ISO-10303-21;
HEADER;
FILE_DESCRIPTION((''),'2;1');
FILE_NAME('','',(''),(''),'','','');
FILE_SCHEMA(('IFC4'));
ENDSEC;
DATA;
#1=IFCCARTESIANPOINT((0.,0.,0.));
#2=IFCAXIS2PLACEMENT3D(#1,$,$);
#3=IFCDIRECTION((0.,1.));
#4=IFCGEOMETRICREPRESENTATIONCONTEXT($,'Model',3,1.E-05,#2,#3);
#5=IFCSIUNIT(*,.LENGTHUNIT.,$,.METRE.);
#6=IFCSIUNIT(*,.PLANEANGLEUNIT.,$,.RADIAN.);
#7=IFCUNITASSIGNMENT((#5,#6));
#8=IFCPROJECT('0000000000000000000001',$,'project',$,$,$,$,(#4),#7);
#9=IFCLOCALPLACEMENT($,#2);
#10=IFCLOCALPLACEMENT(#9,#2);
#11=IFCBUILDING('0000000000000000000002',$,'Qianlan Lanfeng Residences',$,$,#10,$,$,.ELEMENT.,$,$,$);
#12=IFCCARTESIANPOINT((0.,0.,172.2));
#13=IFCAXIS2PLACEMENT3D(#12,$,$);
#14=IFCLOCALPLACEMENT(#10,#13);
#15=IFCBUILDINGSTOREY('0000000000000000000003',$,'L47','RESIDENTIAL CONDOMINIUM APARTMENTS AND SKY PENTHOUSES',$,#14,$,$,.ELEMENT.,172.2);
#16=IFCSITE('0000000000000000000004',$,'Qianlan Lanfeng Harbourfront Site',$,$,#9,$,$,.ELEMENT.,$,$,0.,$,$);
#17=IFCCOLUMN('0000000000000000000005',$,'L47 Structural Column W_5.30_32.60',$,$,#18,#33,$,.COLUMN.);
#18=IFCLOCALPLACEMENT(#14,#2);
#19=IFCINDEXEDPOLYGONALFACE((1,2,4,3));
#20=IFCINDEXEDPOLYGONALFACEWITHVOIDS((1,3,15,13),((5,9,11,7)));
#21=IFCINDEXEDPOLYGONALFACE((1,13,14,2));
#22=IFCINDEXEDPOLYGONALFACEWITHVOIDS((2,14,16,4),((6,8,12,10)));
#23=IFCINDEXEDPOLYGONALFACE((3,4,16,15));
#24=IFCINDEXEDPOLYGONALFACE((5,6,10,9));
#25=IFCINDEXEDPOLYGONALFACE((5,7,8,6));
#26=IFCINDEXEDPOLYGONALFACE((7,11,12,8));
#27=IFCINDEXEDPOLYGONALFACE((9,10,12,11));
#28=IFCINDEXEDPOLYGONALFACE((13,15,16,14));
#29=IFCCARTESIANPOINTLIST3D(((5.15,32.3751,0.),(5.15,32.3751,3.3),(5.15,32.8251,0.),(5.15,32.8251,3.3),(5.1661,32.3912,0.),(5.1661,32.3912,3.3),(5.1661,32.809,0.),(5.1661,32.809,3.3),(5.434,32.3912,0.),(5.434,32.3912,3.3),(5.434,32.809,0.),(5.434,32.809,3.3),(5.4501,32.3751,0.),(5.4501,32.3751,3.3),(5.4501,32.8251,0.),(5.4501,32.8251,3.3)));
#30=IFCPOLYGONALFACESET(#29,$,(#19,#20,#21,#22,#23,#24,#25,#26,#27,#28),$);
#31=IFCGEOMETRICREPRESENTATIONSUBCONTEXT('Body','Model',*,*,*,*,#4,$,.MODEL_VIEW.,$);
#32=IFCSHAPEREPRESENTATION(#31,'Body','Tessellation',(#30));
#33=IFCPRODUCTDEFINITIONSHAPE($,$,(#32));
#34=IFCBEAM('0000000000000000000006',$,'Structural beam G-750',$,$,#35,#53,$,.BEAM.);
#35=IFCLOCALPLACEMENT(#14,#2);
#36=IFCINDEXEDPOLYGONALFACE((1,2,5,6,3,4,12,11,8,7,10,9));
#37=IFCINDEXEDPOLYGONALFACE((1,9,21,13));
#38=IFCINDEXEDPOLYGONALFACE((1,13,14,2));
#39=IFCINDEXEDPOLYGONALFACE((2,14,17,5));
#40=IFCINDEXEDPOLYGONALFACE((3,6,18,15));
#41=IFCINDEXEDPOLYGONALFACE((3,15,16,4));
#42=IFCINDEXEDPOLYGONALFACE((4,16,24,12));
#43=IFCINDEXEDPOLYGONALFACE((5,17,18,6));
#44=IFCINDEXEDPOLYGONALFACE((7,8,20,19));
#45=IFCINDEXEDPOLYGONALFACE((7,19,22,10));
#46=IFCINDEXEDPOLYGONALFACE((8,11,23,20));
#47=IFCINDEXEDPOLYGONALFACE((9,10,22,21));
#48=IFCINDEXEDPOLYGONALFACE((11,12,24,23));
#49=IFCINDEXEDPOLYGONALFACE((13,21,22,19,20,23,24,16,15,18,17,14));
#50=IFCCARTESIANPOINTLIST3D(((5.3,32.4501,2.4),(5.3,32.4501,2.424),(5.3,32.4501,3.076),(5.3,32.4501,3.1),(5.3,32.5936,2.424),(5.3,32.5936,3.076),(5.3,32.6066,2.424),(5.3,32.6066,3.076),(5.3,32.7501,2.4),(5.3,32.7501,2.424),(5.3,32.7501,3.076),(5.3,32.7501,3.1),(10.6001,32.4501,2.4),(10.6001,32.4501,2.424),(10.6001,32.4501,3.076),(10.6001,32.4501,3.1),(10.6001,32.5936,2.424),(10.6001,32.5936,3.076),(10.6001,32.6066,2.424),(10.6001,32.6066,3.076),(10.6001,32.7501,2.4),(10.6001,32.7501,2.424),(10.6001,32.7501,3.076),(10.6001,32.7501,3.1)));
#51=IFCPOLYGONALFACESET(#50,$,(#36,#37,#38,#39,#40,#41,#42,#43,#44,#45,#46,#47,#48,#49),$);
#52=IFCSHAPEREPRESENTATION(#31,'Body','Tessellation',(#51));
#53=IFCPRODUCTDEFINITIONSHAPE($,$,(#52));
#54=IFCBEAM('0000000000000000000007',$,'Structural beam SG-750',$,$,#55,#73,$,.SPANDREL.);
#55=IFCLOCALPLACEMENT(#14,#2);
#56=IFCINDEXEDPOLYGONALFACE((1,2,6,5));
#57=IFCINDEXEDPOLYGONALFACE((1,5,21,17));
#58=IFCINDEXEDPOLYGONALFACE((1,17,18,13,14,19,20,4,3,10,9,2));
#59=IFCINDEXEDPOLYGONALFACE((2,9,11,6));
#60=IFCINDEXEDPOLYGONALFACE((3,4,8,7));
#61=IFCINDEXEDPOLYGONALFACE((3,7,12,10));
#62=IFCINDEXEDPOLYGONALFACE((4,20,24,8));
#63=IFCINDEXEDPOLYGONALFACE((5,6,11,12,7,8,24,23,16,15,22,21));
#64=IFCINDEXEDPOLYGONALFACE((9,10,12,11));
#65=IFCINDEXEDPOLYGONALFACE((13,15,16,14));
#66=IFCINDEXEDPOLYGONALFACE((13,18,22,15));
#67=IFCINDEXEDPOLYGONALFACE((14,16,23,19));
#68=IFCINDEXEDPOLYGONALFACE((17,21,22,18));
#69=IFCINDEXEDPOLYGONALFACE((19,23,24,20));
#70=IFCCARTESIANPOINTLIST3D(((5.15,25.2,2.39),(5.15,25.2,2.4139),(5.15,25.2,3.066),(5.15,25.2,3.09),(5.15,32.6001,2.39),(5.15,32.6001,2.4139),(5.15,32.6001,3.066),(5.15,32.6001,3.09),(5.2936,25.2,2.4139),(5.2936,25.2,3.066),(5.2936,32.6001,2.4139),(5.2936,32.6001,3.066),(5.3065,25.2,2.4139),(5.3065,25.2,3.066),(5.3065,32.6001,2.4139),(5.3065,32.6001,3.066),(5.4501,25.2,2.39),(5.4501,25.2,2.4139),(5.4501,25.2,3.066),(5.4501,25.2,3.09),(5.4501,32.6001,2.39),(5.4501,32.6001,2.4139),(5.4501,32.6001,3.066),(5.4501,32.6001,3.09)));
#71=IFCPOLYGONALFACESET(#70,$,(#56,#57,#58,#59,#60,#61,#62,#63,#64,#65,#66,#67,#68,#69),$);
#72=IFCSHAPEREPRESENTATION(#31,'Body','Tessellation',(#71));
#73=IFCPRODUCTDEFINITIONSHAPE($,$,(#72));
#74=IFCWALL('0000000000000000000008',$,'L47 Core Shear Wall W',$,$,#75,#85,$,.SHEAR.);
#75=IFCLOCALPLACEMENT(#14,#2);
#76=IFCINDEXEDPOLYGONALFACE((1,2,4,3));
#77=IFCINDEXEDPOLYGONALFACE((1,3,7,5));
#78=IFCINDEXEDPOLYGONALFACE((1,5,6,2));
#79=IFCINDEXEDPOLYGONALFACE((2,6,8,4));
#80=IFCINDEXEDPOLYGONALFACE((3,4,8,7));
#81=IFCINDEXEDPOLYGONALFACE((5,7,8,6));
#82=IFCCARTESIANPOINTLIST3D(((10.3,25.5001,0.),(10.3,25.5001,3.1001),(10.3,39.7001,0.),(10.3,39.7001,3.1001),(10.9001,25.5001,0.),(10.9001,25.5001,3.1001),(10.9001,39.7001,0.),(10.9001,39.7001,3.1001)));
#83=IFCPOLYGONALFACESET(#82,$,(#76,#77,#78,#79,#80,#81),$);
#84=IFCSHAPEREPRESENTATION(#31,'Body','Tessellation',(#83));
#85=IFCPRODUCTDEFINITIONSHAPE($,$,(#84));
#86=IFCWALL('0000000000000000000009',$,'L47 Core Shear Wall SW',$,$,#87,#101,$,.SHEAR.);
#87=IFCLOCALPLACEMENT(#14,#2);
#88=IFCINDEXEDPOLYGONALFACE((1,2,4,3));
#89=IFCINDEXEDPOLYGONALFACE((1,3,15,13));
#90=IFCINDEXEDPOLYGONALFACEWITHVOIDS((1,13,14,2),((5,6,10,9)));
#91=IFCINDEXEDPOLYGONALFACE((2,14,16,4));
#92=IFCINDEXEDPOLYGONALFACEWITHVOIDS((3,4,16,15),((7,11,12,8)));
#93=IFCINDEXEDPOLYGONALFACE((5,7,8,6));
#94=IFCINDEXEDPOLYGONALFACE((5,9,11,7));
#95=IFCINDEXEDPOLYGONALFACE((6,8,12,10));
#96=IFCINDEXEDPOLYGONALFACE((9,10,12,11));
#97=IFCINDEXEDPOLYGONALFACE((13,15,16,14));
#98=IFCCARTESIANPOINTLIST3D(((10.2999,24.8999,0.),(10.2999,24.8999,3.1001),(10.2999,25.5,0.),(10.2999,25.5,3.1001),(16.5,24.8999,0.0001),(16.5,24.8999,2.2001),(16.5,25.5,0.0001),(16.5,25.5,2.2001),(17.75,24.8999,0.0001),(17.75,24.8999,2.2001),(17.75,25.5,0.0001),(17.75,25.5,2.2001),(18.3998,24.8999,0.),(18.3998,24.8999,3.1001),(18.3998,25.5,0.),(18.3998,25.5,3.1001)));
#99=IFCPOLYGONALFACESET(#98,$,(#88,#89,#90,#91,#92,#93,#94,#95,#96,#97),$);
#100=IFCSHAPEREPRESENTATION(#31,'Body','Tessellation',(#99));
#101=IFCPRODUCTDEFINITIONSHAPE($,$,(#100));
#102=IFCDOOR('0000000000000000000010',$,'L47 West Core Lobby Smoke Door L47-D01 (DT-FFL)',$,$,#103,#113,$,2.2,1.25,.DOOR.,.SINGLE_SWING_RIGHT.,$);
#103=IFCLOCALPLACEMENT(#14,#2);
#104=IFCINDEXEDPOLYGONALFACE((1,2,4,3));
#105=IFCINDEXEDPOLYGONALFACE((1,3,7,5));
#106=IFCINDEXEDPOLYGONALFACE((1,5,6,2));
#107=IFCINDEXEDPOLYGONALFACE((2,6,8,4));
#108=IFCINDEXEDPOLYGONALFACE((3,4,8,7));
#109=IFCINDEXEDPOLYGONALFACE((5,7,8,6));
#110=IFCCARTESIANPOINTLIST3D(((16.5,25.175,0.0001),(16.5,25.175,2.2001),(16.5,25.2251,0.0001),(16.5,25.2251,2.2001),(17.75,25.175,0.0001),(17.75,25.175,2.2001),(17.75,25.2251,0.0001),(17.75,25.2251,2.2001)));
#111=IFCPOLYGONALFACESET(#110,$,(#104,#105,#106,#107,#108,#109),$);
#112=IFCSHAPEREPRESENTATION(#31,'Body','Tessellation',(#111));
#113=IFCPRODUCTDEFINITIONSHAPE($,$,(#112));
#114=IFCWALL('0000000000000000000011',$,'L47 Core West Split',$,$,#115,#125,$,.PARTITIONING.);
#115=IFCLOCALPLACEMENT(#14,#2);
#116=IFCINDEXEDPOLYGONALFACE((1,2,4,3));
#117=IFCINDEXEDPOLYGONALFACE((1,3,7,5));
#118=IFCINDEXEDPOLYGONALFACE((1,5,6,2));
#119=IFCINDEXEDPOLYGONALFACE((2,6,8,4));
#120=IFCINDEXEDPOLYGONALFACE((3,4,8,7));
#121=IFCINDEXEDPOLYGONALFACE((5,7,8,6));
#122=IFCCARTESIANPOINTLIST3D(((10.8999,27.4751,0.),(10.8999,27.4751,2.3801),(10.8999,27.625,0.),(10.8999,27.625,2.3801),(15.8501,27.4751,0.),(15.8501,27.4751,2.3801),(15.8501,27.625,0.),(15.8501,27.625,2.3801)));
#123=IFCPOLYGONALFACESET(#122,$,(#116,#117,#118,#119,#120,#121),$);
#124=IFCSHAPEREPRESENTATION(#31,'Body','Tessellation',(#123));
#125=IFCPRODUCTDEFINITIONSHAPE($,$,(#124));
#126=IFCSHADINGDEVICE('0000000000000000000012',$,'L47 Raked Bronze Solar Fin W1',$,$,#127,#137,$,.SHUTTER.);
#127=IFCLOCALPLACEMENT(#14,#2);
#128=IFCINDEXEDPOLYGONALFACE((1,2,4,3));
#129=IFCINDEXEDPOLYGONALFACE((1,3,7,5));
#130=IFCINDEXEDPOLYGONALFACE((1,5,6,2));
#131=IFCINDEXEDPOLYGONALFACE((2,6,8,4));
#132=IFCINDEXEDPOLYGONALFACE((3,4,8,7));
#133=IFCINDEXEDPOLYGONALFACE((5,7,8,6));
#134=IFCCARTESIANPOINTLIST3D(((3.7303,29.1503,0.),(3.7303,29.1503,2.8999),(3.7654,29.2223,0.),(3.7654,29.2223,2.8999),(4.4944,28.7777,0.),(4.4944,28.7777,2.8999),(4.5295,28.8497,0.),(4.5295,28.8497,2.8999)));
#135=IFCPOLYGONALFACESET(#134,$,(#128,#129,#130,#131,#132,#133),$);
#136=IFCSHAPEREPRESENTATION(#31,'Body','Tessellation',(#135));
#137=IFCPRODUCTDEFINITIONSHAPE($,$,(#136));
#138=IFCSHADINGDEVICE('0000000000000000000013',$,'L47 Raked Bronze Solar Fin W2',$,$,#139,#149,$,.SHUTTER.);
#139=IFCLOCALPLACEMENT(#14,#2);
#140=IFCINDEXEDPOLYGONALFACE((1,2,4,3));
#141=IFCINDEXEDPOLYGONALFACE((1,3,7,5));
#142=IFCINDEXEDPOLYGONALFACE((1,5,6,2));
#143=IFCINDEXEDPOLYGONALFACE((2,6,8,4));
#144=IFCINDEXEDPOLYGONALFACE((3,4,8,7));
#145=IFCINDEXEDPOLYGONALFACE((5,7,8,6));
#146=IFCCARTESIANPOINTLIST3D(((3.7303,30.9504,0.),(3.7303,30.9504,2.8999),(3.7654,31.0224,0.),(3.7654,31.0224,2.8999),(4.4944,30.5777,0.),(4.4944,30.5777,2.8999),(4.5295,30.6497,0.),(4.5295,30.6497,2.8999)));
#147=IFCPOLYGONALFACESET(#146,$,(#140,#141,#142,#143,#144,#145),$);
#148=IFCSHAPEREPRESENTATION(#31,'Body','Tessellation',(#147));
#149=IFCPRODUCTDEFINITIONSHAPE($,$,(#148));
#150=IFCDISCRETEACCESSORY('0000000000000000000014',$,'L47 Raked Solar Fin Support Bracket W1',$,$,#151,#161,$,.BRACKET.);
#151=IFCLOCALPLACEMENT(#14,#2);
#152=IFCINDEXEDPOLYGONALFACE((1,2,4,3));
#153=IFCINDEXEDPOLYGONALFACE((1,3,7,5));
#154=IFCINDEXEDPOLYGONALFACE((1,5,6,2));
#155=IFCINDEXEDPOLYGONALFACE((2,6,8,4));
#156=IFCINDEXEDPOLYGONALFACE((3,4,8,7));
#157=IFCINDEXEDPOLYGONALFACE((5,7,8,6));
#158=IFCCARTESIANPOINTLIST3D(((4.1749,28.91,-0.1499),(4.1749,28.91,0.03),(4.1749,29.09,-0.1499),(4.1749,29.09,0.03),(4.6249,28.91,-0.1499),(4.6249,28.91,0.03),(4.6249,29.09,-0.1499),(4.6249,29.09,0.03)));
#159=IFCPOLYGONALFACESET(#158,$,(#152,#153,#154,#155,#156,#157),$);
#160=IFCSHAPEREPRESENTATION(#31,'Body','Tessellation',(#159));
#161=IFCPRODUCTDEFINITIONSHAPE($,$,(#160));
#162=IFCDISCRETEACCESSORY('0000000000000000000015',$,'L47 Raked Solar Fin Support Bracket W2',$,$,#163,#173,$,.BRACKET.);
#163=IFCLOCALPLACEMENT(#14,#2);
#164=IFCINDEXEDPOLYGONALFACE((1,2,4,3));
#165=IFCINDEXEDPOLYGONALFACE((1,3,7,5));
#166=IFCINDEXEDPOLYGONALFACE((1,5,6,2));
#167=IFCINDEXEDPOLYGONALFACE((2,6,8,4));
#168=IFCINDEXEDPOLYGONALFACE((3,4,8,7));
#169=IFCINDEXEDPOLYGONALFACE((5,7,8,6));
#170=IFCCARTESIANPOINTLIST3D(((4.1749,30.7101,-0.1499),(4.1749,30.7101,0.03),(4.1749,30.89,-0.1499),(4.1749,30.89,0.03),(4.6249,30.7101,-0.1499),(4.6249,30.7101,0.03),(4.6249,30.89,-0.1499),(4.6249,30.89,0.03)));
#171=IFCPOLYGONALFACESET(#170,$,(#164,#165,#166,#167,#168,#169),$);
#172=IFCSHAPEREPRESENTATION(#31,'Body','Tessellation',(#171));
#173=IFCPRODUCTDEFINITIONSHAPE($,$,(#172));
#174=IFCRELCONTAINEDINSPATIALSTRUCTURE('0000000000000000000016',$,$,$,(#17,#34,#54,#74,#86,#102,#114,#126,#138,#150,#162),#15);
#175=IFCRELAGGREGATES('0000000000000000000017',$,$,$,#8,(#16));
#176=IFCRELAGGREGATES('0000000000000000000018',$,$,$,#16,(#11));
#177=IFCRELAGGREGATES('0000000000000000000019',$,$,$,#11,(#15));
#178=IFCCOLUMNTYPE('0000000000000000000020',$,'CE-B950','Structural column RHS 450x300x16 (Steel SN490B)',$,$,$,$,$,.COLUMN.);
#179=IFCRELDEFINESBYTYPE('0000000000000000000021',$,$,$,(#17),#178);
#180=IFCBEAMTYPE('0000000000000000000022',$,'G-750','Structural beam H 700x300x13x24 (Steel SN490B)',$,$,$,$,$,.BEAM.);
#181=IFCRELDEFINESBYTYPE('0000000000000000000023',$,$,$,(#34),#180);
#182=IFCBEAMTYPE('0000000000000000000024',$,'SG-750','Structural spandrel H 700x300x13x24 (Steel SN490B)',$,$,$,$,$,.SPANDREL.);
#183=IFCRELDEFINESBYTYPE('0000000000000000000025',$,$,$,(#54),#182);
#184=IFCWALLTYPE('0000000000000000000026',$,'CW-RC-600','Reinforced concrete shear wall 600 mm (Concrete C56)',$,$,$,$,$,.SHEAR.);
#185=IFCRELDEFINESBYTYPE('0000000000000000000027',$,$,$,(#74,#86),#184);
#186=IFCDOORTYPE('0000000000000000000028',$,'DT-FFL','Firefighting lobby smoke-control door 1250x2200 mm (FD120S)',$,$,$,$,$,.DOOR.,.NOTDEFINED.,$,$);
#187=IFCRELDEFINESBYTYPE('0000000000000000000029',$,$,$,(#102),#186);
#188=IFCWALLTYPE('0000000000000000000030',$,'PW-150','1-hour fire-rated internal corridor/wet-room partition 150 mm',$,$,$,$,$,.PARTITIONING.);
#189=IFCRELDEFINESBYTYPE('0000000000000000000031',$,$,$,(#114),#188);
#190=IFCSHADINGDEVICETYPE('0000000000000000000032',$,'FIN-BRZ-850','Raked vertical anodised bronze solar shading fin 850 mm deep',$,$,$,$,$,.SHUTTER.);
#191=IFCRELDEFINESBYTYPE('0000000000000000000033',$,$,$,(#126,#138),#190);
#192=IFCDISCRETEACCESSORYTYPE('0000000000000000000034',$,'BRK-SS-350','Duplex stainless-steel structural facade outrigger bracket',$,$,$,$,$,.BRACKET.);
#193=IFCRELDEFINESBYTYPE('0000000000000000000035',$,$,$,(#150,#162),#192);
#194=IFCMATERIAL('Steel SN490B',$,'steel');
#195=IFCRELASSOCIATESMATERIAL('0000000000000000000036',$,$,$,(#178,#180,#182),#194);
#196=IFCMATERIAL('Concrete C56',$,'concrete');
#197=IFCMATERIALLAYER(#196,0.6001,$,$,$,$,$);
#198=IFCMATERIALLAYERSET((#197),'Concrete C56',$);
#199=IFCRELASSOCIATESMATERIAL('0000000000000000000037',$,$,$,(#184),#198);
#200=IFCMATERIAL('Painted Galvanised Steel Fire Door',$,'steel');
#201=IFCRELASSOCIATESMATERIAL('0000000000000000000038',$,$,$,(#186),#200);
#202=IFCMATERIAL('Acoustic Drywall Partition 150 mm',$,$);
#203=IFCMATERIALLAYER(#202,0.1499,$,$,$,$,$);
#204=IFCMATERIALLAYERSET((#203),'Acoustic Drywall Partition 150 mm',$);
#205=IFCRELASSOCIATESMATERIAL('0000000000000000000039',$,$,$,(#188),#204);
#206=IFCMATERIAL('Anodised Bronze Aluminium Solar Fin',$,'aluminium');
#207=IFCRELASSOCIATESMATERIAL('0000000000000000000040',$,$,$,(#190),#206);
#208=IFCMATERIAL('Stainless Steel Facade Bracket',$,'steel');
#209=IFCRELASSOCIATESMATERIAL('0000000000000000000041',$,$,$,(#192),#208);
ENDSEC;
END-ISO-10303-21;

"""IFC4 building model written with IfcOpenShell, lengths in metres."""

from ifc_helpers import new_model, si_unit, direction, frame, frame_2d, origin, origin_2d, place, context, subcontext, project, spatial, rectangle, hollow_rectangle, i_section, extrude, source, transform, mapped, material, layer, layer_set, material_profile, profile_set, type_object, element, fill, save


model = new_model("IFC4")

# Units and contexts
model_context = context("Model", 3, precision=1e-05, world=origin(), true_north=direction((0.0, 1.0)))
body_context = subcontext(model_context, "Body", "Model", "MODEL_VIEW")
ifc_project = project(units=[si_unit("LENGTHUNIT", "METRE"), si_unit("PLANEANGLEUNIT", "RADIAN")], contexts=[model_context])

# Site, building, storey
site_placement = place(None, origin())
site = spatial("IfcSite", under=ifc_project, at=site_placement, Name="Qianlan Lanfeng Harbourfront Site", CompositionType="ELEMENT", RefElevation=0.0)
building_placement = place(site_placement, origin())
building = spatial("IfcBuilding", under=site, at=building_placement, Name="Qianlan Lanfeng Residences", CompositionType="ELEMENT")
storey_placement = place(building_placement, frame((0.0, 0.0, 172.2)))
storey = spatial("IfcBuildingStorey", under=building, at=storey_placement, Name="L47", Description="RESIDENTIAL CONDOMINIUM APARTMENTS AND SKY PENTHOUSES", CompositionType="ELEMENT", Elevation=172.2)

# Column
ifc_material_1 = material(Name="Steel SN490B", Category="steel")
ifc_material_profile_1 = material_profile(ifc_material_1, hollow_rectangle(XDim=0.3, YDim=0.45, WallThickness=0.0161, at=origin_2d()), Name="RHS 450x300x16")
ifc_profile_set_1 = profile_set([ifc_material_profile_1], Name="Steel SN490B")
column_type = type_object("IfcColumnType", Name="CE-B950", Description="Structural column RHS 450x300x16 (Steel SN490B)", PredefinedType="COLUMN", material=ifc_profile_set_1)
column_placement = place(storey_placement, frame((5.3, 32.6001, 0.0), z_axis=(0.0, 0.0, 1.0), x_axis=(1.0, 0.0, 0.0)))
element("IfcColumn", 1, at=column_placement, inside=storey, type_object=column_type, Name="L47 Structural Column W_5.30_32.60", PredefinedType="COLUMN", context=body_context, shape_type="SweptSolid", body=[
    extrude(hollow_rectangle(XDim=0.3, YDim=0.45, WallThickness=0.0161, at=origin_2d()), origin(), (0.0, 0.0, 1.0), 3.3),
])

# Beams
ifc_material_profile_2 = material_profile(ifc_material_1, i_section(OverallWidth=0.3, OverallDepth=0.7, WebThickness=0.0129, FlangeThickness=0.0239, at=origin_2d()), Name="H 700x300x13x24")
ifc_profile_set_2 = profile_set([ifc_material_profile_2], Name="Steel SN490B")
beam_type_1 = type_object("IfcBeamType", Name="G-750", Description="Structural beam H 700x300x13x24 (Steel SN490B)", PredefinedType="BEAM", material=ifc_profile_set_2)
beam_1_placement = place(storey_placement, frame((5.3, 32.6001, 2.75), z_axis=(1.0, 0.0, 0.0), x_axis=(0.0, 1.0, 0.0)))
element("IfcBeam", 2, at=beam_1_placement, inside=storey, type_object=beam_type_1, Name="Structural beam G-750", PredefinedType="BEAM", context=body_context, shape_type="SweptSolid", body=[
    extrude(i_section(OverallWidth=0.3, OverallDepth=0.7, WebThickness=0.0129, FlangeThickness=0.0239, at=origin_2d()), origin(), (0.0, 0.0, 1.0), 5.3),
])
ifc_material_profile_3 = material_profile(ifc_material_1, i_section(OverallWidth=0.3, OverallDepth=0.7, WebThickness=0.0129, FlangeThickness=0.0239, at=origin_2d()), Name="H 700x300x13x24")
ifc_profile_set_3 = profile_set([ifc_material_profile_3], Name="Steel SN490B")
beam_type_2 = type_object("IfcBeamType", Name="SG-750", Description="Structural spandrel H 700x300x13x24 (Steel SN490B)", PredefinedType="SPANDREL", material=ifc_profile_set_3)
beam_2_placement = place(storey_placement, frame((5.3, 25.2, 2.74), z_axis=(0.0, 1.0, 0.0), x_axis=(-1.0, 0.0, 0.0)))
element("IfcBeam", 3, at=beam_2_placement, inside=storey, type_object=beam_type_2, Name="Structural beam SG-750", PredefinedType="SPANDREL", context=body_context, shape_type="SweptSolid", body=[
    extrude(i_section(OverallWidth=0.3, OverallDepth=0.7, WebThickness=0.0129, FlangeThickness=0.0239, at=origin_2d()), origin(), (0.0, 0.0, 1.0), 7.4001),
])

# Wall
ifc_material_2 = material(Name="Concrete C56", Category="concrete")
ifc_layer_1 = layer(ifc_material_2, 0.6001)
ifc_layer_set_1 = layer_set([ifc_layer_1], Name="Concrete C56")
wall_type_1 = type_object("IfcWallType", Name="CW-RC-600", Description="Reinforced concrete shear wall 600 mm (Concrete C56)", PredefinedType="SHEAR", material=ifc_layer_set_1)
wall_1_placement = place(storey_placement, frame((10.6001, 25.5, 0.0), z_axis=(0.0, 0.0, 1.0), x_axis=(0.0, 1.0, 0.0)))
element("IfcWall", 4, at=wall_1_placement, inside=storey, type_object=wall_type_1, Name="L47 Core Shear Wall W", PredefinedType="SHEAR", context=body_context, shape_type="SweptSolid", body=[
    extrude(rectangle(XDim=14.2, YDim=0.6001, at=frame_2d((7.1001, 0.0))), origin(), (0.0, 0.0, 1.0), 3.1001),
])

# Wall, opening, door
wall_2_placement = place(storey_placement, frame((10.3, 25.2, 0.0), z_axis=(0.0, 0.0, 1.0), x_axis=(1.0, 0.0, 0.0)))
wall_2 = element("IfcWall", 5, at=wall_2_placement, inside=storey, type_object=wall_type_1, Name="L47 Core Shear Wall SW", PredefinedType="SHEAR", context=body_context, shape_type="SweptSolid", body=[
    extrude(rectangle(XDim=8.0999, YDim=0.6001, at=frame_2d((4.0498, 0.0))), origin(), (0.0, 0.0, 1.0), 3.1001),
])
opening_placement = place(wall_2_placement, frame((6.2, 0.0, 0.0)))
opening = element("IfcOpeningElement", 6, at=opening_placement, cuts=wall_2, PredefinedType="OPENING", context=body_context, shape_type="SweptSolid", body=[
    extrude(rectangle(XDim=1.25, YDim=2.2, at=frame_2d((0.625, 1.1001))), frame((0.0, 0.3101, 0.0), z_axis=(0.0, -1.0, 0.0), x_axis=(1.0, 0.0, 0.0)), (0.0, 0.0, 1.0), 0.6201),
])
ifc_material_3 = material(Name="Painted Galvanised Steel Fire Door", Category="steel")
door_type = type_object("IfcDoorType", Name="DT-FFL", Description="Firefighting lobby smoke-control door 1250x2200 mm (FD120S)", OperationType="NOTDEFINED", PredefinedType="DOOR", material=ifc_material_3)
door_placement = place(opening_placement, frame((1.25, 0.0, 0.0), z_axis=(0.0, 0.0, 1.0), x_axis=(-1.0, 0.0, 0.0)))
door = element("IfcDoor", 7, at=door_placement, inside=storey, type_object=door_type, Name="L47 West Core Lobby Smoke Door L47-D01 (DT-FFL)", OperationType="SINGLE_SWING_RIGHT", OverallHeight=2.2, OverallWidth=1.25, PredefinedType="DOOR", context=body_context, shape_type="SweptSolid", body=[
    extrude(rectangle(XDim=1.25, YDim=2.2, at=frame_2d((0.625, 1.1001))), frame((0.0, 0.0249, 0.0), z_axis=(0.0, -1.0, 0.0), x_axis=(1.0, 0.0, 0.0)), (0.0, 0.0, 1.0), 0.05),
])
fill(opening, door)

# Wall
ifc_material_4 = material(Name="Acoustic Drywall Partition 150 mm")
ifc_layer_2 = layer(ifc_material_4, 0.1499)
ifc_layer_set_2 = layer_set([ifc_layer_2], Name="Acoustic Drywall Partition 150 mm")
wall_type_2 = type_object("IfcWallType", Name="PW-150", Description="1-hour fire-rated internal corridor/wet-room partition 150 mm", PredefinedType="PARTITIONING", material=ifc_layer_set_2)
wall_3_placement = place(storey_placement, frame((10.8999, 27.55, 0.0), z_axis=(0.0, 0.0, 1.0), x_axis=(1.0, 0.0, 0.0)))
element("IfcWall", 8, at=wall_3_placement, inside=storey, type_object=wall_type_2, Name="L47 Core West Split", PredefinedType="PARTITIONING", context=body_context, shape_type="SweptSolid", body=[
    extrude(rectangle(XDim=4.9502, YDim=0.1499, at=frame_2d((2.4751, 0.0))), origin(), (0.0, 0.0, 1.0), 2.3801),
])

# Shading devices
ifc_material_5 = material(Name="Anodised Bronze Aluminium Solar Fin", Category="aluminium")
shading_device_type = type_object("IfcShadingDeviceType", Name="FIN-BRZ-850", Description="Raked vertical anodised bronze solar shading fin 850 mm deep", PredefinedType="SHUTTER", material=ifc_material_5)
shared_shape_1 = source(origin(), body_context, "Body", "SweptSolid", [
    extrude(rectangle(XDim=0.8501, YDim=0.0801, at=origin_2d()), origin(), (0.0, 0.0, 1.0), 2.8999),
])
for number, where, z_axis, x_axis, name in (
    (9, (4.1299, 29.0, 0.0), (0.0, 0.0, 1.0), (0.898794, -0.438371, 0.0), "L47 Raked Bronze Solar Fin W1"),
    (10, (4.1299, 30.8, 0.0), (0.0, 0.0, 1.0), (0.898794, -0.438371, 0.0), "L47 Raked Bronze Solar Fin W2"),
):
    element("IfcShadingDevice", number, at=place(storey_placement, frame(where, z_axis=z_axis, x_axis=x_axis)), inside=storey, type_object=shading_device_type, Name=name, PredefinedType="SHUTTER", context=body_context, shape_type="MappedRepresentation", body=[
        mapped(shared_shape_1, transform((0.0, 0.0, 0.0), scale=1.0)),
    ])

# Discrete accessories
ifc_material_6 = material(Name="Stainless Steel Facade Bracket", Category="steel")
discrete_accessory_type = type_object("IfcDiscreteAccessoryType", Name="BRK-SS-350", Description="Duplex stainless-steel structural facade outrigger bracket", PredefinedType="BRACKET", material=ifc_material_6)
shared_shape_2 = source(origin(), body_context, "Body", "SweptSolid", [
    extrude(rectangle(XDim=0.45, YDim=0.1799, at=origin_2d()), origin(), (0.0, 0.0, 1.0), 0.1799),
])
for number, where, z_axis, x_axis, name in (
    (11, (4.3999, 29.0, -0.1499), (0.0, 0.0, 1.0), (1.0, 0.0, 0.0), "L47 Raked Solar Fin Support Bracket W1"),
    (12, (4.3999, 30.8, -0.1499), (0.0, 0.0, 1.0), (1.0, 0.0, 0.0), "L47 Raked Solar Fin Support Bracket W2"),
):
    element("IfcDiscreteAccessory", number, at=place(storey_placement, frame(where, z_axis=z_axis, x_axis=x_axis)), inside=storey, type_object=discrete_accessory_type, Name=name, PredefinedType="BRACKET", context=body_context, shape_type="MappedRepresentation", body=[
        mapped(shared_shape_2, transform((0.0, 0.0, 0.0), scale=1.0)),
    ])

save(model, "model.ifc")
